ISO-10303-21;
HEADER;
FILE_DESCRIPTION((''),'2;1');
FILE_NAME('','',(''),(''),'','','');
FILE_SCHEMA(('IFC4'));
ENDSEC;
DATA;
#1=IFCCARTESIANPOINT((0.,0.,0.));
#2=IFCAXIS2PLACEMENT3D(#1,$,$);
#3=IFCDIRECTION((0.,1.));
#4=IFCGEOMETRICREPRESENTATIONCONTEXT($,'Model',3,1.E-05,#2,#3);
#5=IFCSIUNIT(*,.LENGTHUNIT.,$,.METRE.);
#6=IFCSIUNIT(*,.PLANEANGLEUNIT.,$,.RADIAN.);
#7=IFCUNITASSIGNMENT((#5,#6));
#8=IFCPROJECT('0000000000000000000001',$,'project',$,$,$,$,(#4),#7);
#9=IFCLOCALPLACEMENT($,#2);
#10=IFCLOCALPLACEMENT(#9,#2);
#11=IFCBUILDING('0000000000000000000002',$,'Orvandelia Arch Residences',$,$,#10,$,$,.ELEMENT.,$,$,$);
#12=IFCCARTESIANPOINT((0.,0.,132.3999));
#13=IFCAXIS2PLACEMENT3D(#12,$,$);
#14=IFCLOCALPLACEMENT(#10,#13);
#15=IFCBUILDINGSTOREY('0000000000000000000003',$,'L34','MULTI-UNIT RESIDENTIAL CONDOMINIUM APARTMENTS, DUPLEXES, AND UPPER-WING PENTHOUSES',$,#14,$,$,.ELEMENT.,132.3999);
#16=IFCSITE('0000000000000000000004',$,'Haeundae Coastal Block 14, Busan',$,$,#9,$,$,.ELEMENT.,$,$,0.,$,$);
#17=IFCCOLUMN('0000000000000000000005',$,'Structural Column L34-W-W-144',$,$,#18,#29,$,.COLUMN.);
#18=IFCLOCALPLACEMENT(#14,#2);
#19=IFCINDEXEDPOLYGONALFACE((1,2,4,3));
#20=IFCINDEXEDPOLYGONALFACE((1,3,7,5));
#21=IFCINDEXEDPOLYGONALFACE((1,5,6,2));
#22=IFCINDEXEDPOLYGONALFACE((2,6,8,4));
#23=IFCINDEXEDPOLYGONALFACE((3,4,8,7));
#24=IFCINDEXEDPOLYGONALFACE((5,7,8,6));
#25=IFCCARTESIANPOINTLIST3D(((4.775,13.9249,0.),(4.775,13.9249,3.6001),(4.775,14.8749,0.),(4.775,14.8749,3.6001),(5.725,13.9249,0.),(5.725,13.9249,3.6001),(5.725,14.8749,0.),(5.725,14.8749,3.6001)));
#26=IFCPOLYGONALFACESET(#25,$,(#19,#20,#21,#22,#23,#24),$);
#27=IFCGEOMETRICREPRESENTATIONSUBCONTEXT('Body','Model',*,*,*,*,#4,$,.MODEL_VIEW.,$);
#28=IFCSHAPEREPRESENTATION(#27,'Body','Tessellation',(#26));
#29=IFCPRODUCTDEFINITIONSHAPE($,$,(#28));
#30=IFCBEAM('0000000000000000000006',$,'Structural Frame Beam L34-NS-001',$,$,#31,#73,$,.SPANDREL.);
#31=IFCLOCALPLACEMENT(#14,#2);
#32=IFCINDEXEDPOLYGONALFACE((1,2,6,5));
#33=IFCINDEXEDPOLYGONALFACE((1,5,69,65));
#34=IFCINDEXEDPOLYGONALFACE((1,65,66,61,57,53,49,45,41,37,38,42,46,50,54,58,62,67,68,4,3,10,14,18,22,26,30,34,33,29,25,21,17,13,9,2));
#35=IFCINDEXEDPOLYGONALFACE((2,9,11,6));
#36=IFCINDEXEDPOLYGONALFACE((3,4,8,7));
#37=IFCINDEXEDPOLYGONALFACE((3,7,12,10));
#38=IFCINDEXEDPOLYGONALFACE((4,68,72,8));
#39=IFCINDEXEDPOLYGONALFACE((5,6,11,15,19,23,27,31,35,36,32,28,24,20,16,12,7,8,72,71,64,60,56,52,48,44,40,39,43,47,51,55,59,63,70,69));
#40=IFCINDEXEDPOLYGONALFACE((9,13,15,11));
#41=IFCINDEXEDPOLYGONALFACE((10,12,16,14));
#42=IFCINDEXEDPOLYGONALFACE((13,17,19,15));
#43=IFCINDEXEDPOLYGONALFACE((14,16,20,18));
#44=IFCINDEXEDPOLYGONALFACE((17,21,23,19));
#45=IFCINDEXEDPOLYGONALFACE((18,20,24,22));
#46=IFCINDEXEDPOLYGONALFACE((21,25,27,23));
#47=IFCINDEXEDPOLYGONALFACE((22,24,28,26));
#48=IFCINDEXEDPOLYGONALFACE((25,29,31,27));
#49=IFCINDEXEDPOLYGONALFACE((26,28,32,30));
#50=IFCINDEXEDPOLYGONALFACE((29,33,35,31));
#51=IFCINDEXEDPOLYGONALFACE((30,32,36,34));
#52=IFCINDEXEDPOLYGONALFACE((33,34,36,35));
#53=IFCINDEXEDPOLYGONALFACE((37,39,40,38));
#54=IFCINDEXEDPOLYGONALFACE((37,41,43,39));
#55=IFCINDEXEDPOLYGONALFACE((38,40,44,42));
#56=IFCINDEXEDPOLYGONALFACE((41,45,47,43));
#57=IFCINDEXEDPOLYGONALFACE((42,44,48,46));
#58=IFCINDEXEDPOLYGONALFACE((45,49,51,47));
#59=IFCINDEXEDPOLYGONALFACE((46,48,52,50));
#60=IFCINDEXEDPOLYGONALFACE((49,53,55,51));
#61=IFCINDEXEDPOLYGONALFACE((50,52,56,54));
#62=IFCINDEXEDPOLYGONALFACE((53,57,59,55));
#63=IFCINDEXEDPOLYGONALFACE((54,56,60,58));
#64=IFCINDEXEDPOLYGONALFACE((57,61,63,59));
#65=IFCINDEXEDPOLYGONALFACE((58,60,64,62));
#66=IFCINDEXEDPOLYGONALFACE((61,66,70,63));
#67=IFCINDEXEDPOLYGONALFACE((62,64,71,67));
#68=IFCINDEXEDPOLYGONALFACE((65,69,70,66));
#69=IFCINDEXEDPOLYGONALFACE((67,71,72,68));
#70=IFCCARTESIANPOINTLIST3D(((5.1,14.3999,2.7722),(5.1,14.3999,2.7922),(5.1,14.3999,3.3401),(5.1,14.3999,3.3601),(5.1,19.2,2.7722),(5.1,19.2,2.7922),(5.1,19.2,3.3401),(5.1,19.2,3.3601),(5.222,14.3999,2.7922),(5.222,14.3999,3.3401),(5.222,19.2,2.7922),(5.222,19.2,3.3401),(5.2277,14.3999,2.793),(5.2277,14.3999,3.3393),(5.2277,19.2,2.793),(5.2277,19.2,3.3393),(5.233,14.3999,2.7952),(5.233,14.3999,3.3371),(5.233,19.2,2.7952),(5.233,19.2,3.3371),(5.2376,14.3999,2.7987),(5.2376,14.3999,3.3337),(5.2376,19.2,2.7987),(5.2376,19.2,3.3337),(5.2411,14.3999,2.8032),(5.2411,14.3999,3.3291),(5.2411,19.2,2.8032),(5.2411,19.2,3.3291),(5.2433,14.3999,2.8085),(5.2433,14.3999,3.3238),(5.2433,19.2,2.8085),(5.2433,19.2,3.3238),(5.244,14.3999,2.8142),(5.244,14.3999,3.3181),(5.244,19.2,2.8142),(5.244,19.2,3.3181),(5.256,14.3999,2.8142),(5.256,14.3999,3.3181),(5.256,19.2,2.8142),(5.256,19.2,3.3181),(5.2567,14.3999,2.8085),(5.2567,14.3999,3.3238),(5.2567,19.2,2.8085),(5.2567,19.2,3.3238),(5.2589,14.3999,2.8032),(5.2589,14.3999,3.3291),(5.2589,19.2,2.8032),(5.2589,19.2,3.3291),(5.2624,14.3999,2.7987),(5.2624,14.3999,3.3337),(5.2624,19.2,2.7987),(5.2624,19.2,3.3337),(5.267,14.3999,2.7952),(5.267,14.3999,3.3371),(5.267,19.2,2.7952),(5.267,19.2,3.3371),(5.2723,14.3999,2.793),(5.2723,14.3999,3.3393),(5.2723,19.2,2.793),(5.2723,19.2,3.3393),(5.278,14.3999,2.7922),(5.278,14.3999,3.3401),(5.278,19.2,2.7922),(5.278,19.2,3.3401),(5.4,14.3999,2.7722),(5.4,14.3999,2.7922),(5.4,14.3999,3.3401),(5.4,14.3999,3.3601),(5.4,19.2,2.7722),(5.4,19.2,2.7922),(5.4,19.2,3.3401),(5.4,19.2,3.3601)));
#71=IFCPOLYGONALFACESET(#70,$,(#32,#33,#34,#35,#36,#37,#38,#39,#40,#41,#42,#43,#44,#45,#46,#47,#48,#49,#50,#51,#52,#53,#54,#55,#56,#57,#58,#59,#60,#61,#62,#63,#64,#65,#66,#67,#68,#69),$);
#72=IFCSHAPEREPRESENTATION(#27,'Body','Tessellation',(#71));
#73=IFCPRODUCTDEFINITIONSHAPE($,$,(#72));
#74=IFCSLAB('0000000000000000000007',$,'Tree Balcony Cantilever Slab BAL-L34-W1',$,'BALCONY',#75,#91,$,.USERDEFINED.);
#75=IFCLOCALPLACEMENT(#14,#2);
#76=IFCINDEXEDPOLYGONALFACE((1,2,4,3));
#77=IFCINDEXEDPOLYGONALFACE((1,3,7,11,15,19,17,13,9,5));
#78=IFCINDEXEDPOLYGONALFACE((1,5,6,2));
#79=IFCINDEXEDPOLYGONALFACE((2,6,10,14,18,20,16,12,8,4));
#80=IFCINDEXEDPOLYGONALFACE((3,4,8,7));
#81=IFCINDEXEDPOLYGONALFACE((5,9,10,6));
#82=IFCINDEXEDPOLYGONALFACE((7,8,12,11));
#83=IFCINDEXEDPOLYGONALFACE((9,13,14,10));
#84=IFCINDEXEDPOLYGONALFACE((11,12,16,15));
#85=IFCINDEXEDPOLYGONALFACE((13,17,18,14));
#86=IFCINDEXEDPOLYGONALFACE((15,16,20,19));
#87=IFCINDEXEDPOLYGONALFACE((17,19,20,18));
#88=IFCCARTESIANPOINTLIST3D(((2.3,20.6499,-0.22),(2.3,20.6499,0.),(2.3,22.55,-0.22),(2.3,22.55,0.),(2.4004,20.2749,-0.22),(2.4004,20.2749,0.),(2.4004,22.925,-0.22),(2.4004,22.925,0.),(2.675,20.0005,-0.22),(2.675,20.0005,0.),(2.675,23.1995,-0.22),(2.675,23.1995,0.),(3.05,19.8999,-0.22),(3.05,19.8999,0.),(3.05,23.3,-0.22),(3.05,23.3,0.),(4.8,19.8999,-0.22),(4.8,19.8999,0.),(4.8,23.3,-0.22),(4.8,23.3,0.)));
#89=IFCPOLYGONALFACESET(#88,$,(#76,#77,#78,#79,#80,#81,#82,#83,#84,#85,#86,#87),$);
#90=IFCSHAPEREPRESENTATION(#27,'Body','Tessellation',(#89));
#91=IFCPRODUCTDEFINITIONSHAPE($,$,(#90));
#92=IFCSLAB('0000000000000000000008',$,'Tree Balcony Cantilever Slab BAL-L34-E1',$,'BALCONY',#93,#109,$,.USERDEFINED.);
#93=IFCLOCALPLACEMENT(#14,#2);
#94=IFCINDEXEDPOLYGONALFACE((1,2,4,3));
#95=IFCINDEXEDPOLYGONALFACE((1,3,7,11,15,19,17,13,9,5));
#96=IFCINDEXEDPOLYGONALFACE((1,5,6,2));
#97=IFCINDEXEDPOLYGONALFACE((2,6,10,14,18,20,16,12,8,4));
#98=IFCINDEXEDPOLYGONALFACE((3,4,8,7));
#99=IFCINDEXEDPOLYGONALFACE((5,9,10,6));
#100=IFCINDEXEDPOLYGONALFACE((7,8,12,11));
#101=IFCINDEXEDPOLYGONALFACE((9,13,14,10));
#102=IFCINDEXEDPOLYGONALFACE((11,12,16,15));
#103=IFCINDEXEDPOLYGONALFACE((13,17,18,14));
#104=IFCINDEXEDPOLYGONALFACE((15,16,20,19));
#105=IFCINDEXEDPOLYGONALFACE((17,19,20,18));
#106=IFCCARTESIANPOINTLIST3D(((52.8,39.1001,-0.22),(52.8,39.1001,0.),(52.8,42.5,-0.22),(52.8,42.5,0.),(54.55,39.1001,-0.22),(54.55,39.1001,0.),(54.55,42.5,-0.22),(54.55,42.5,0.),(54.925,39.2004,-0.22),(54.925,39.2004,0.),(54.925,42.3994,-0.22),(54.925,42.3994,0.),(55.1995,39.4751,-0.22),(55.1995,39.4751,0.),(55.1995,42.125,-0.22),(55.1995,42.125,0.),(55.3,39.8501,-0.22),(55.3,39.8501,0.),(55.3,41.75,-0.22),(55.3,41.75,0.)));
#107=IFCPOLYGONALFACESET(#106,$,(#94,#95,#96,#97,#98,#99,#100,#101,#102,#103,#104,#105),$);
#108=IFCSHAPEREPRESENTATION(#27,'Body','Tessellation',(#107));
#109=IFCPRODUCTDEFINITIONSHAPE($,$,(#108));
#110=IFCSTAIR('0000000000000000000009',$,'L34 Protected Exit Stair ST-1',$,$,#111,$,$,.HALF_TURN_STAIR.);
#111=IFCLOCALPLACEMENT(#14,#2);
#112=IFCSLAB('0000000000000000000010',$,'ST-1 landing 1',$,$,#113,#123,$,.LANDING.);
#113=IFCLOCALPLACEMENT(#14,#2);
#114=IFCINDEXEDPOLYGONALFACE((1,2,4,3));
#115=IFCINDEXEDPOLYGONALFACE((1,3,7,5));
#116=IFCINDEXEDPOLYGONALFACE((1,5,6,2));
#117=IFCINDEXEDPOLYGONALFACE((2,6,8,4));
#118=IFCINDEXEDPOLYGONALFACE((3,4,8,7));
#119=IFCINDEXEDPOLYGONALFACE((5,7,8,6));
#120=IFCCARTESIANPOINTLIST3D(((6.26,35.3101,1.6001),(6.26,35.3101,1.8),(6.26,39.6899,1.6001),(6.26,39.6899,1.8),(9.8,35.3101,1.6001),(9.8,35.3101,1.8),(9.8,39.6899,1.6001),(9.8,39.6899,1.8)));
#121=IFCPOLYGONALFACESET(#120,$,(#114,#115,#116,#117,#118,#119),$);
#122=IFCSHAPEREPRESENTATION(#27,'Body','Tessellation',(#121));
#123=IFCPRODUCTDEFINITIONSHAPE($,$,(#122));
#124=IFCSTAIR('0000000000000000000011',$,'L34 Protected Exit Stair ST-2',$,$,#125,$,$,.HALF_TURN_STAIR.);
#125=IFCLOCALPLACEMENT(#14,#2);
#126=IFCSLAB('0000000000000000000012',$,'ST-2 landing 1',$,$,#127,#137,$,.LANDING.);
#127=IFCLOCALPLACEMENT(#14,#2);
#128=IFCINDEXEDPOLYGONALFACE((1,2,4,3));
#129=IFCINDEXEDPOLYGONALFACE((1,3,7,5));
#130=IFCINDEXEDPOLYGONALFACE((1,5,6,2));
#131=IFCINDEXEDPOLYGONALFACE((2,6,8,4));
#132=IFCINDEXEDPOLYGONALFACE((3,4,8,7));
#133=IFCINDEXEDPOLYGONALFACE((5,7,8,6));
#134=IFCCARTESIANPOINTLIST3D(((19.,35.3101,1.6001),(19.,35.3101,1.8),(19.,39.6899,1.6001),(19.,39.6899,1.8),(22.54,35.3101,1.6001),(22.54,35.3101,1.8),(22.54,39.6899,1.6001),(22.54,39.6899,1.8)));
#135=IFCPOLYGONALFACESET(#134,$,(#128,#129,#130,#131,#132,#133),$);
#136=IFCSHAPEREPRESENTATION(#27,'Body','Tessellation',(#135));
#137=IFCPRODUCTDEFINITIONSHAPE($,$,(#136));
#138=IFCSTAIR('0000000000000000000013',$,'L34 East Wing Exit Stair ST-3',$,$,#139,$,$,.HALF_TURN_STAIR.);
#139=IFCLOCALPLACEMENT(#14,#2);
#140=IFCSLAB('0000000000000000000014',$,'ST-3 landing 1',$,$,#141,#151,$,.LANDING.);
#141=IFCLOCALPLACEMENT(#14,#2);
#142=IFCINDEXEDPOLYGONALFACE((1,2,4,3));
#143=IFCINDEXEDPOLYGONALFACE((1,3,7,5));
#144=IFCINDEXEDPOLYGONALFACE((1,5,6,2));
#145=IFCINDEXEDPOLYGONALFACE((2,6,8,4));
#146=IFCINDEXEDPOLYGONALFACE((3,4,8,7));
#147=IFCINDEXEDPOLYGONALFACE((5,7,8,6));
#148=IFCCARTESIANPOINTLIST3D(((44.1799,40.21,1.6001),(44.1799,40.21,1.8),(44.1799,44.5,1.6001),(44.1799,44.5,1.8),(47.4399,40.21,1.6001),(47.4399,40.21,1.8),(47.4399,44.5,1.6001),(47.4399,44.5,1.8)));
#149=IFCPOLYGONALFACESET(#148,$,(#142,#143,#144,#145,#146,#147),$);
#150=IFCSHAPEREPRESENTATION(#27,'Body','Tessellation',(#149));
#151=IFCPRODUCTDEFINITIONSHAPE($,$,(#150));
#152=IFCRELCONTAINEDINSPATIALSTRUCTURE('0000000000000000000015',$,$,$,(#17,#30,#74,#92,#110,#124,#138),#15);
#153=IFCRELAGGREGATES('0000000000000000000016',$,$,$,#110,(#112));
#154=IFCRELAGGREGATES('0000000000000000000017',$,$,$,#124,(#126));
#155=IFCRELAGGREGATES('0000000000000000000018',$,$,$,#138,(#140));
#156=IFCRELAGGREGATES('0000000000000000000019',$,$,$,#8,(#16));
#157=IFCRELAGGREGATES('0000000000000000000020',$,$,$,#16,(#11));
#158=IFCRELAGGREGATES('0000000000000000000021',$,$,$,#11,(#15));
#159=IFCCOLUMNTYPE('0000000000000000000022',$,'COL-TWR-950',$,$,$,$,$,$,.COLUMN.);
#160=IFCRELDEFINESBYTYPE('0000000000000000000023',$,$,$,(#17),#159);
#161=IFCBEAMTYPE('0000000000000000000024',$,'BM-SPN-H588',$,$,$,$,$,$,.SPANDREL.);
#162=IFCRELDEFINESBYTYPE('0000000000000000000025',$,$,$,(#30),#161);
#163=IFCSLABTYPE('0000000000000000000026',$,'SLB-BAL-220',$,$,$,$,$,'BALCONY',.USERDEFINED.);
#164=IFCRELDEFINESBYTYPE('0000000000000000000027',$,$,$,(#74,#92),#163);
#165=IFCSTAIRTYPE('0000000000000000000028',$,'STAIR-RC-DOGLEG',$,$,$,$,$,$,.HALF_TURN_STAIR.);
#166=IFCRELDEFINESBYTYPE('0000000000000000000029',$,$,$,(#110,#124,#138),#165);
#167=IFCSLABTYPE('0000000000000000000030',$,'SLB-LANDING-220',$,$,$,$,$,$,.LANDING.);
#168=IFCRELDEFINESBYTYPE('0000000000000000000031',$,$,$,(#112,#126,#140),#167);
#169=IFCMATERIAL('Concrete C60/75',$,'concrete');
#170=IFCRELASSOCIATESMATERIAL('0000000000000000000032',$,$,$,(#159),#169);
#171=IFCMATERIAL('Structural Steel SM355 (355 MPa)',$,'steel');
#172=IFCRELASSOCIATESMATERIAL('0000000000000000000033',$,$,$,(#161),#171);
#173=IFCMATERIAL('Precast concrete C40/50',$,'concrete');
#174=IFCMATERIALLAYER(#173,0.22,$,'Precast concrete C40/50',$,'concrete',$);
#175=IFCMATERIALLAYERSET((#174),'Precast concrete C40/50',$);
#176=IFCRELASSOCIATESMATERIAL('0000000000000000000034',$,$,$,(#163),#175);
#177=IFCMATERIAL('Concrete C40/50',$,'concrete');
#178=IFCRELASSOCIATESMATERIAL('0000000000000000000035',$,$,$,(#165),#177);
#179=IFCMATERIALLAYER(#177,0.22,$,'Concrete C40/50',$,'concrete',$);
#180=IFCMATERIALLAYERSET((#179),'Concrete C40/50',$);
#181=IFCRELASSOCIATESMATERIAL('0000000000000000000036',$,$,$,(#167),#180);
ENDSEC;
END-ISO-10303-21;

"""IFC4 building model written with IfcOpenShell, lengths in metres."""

from ifc_helpers import new_model, si_unit, direction, frame, origin, origin_2d, place, context, subcontext, project, spatial, polyline, rectangle, i_section, outline, extrude, material, layer, layer_set, material_profile, profile_set, type_object, element, aggregate, save


model = new_model("IFC4")

# Units and contexts
model_context = context("Model", 3, precision=1e-05, world=origin(), true_north=direction((0.0, 1.0)))
body_context = subcontext(model_context, "Body", "Model", "MODEL_VIEW")
ifc_project = project(units=[si_unit("LENGTHUNIT", "METRE"), si_unit("PLANEANGLEUNIT", "RADIAN")], contexts=[model_context])

# Site, building, storey
site_placement = place(None, origin())
site = spatial("IfcSite", under=ifc_project, at=site_placement, Name="Haeundae Coastal Block 14, Busan", CompositionType="ELEMENT", RefElevation=0.0)
building_placement = place(site_placement, origin())
building = spatial("IfcBuilding", under=site, at=building_placement, Name="Orvandelia Arch Residences", CompositionType="ELEMENT")
storey_placement = place(building_placement, frame((0.0, 0.0, 132.3999)))
storey = spatial("IfcBuildingStorey", under=building, at=storey_placement, Name="L34", Description="MULTI-UNIT RESIDENTIAL CONDOMINIUM APARTMENTS, DUPLEXES, AND UPPER-WING PENTHOUSES", CompositionType="ELEMENT", Elevation=132.3999)

# Column
ifc_material_1 = material(Name="Concrete C60/75", Category="concrete")
ifc_material_profile_1 = material_profile(ifc_material_1, rectangle(XDim=0.95, YDim=0.95, at=origin_2d()), Name="Concrete C60/75", Category="concrete")
ifc_profile_set_1 = profile_set([ifc_material_profile_1], Name="Concrete C60/75")
column_type = type_object("IfcColumnType", Name="COL-TWR-950", PredefinedType="COLUMN", material=ifc_profile_set_1)
column_placement = place(storey_placement, frame((5.25, 14.3999, 0.0), z_axis=(0.0, 0.0, 1.0), x_axis=(1.0, 0.0, 0.0)))
element("IfcColumn", 1, at=column_placement, inside=storey, type_object=column_type, Name="Structural Column L34-W-W-144", PredefinedType="COLUMN", context=body_context, shape_type="SweptSolid", body=[
    extrude(rectangle(XDim=0.95, YDim=0.95, at=origin_2d()), origin(), (0.0, 0.0, 1.0), 3.6001),
])

# Beam
ifc_material_2 = material(Name="Structural Steel SM355 (355 MPa)", Category="steel")
ifc_material_profile_2 = material_profile(ifc_material_2, i_section(OverallWidth=0.3, OverallDepth=0.5879, WebThickness=0.012, FlangeThickness=0.02, FilletRadius=0.022, at=origin_2d()), Name="Structural Steel SM355 (355 MPa)", Category="steel")
ifc_profile_set_2 = profile_set([ifc_material_profile_2], Name="Structural Steel SM355 (355 MPa)")
beam_type = type_object("IfcBeamType", Name="BM-SPN-H588", PredefinedType="SPANDREL", material=ifc_profile_set_2)
beam_placement = place(storey_placement, frame((5.25, 14.3999, 3.0662), z_axis=(0.0, 1.0, 0.0), x_axis=(-1.0, 0.0, 0.0)))
element("IfcBeam", 2, at=beam_placement, inside=storey, type_object=beam_type, Name="Structural Frame Beam L34-NS-001", PredefinedType="SPANDREL", context=body_context, shape_type="SweptSolid", body=[
    extrude(i_section(OverallWidth=0.3, OverallDepth=0.5879, WebThickness=0.012, FlangeThickness=0.02, FilletRadius=0.022, at=origin_2d()), origin(), (0.0, 0.0, 1.0), 4.8),
])

# Slabs
ifc_material_3 = material(Name="Precast concrete C40/50", Category="concrete")
ifc_layer_1 = layer(ifc_material_3, 0.22, Name="Precast concrete C40/50", Category="concrete")
ifc_layer_set_1 = layer_set([ifc_layer_1], Name="Precast concrete C40/50")
slab_type_1 = type_object("IfcSlabType", Name="SLB-BAL-220", ElementType="BALCONY", PredefinedType="USERDEFINED", material=ifc_layer_set_1)
slab_1_placement = place(storey_placement, frame((0.0, 0.0, -0.22)))
element("IfcSlab", 3, at=slab_1_placement, inside=storey, type_object=slab_type_1, Name="Tree Balcony Cantilever Slab BAL-L34-W1", ObjectType="BALCONY", PredefinedType="USERDEFINED", context=body_context, shape_type="SweptSolid", body=[
    extrude(outline(polyline([(4.8, 19.8999), (4.8, 23.3), (3.05, 23.3), (2.675, 23.1995), (2.4004, 22.925), (2.3, 22.55), (2.3, 20.6499), (2.4004, 20.2749), (2.675, 20.0005), (3.05, 19.8999), (4.8, 19.8999)])), origin(), (0.0, 0.0, 1.0), 0.22),
])
slab_2_placement = place(storey_placement, frame((0.0, 0.0, -0.22)))
element("IfcSlab", 4, at=slab_2_placement, inside=storey, type_object=slab_type_1, Name="Tree Balcony Cantilever Slab BAL-L34-E1", ObjectType="BALCONY", PredefinedType="USERDEFINED", context=body_context, shape_type="SweptSolid", body=[
    extrude(outline(polyline([(52.8, 42.5), (52.8, 39.1001), (54.55, 39.1001), (54.925, 39.2004), (55.1995, 39.4751), (55.3, 39.8501), (55.3, 41.75), (55.1995, 42.125), (54.925, 42.3994), (54.55, 42.5), (52.8, 42.5)])), origin(), (0.0, 0.0, 1.0), 0.22),
])

# Stairs, slabs
ifc_material_4 = material(Name="Concrete C40/50", Category="concrete")
stair_type = type_object("IfcStairType", Name="STAIR-RC-DOGLEG", PredefinedType="HALF_TURN_STAIR", material=ifc_material_4)
stair_1_placement = place(storey_placement, origin())
stair_1 = element("IfcStair", 5, at=stair_1_placement, inside=storey, type_object=stair_type, Name="L34 Protected Exit Stair ST-1", PredefinedType="HALF_TURN_STAIR")
ifc_layer_2 = layer(ifc_material_4, 0.22, Name="Concrete C40/50", Category="concrete")
ifc_layer_set_2 = layer_set([ifc_layer_2], Name="Concrete C40/50")
slab_type_2 = type_object("IfcSlabType", Name="SLB-LANDING-220", PredefinedType="LANDING", material=ifc_layer_set_2)
slab_3_placement = place(storey_placement, frame((0.0, 0.0, 1.6001)))
slab_3 = element("IfcSlab", 6, at=slab_3_placement, type_object=slab_type_2, Name="ST-1 landing 1", PredefinedType="LANDING", context=body_context, shape_type="SweptSolid", body=[
    extrude(outline(polyline([(9.8, 35.3101), (9.8, 39.6899), (6.26, 39.6899), (6.26, 35.3101), (9.8, 35.3101)])), origin(), (0.0, 0.0, 1.0), 0.2),
])
aggregate(stair_1, [slab_3])
stair_2_placement = place(storey_placement, origin())
stair_2 = element("IfcStair", 7, at=stair_2_placement, inside=storey, type_object=stair_type, Name="L34 Protected Exit Stair ST-2", PredefinedType="HALF_TURN_STAIR")
slab_4_placement = place(storey_placement, frame((0.0, 0.0, 1.6001)))
slab_4 = element("IfcSlab", 8, at=slab_4_placement, type_object=slab_type_2, Name="ST-2 landing 1", PredefinedType="LANDING", context=body_context, shape_type="SweptSolid", body=[
    extrude(outline(polyline([(22.54, 35.3101), (22.54, 39.6899), (19.0, 39.6899), (19.0, 35.3101), (22.54, 35.3101)])), origin(), (0.0, 0.0, 1.0), 0.2),
])
aggregate(stair_2, [slab_4])
stair_3_placement = place(storey_placement, origin())
stair_3 = element("IfcStair", 9, at=stair_3_placement, inside=storey, type_object=stair_type, Name="L34 East Wing Exit Stair ST-3", PredefinedType="HALF_TURN_STAIR")
slab_5_placement = place(storey_placement, frame((0.0, 0.0, 1.6001)))
slab_5 = element("IfcSlab", 10, at=slab_5_placement, type_object=slab_type_2, Name="ST-3 landing 1", PredefinedType="LANDING", context=body_context, shape_type="SweptSolid", body=[
    extrude(outline(polyline([(47.4399, 40.21), (47.4399, 44.5), (44.1799, 44.5), (44.1799, 40.21), (47.4399, 40.21)])), origin(), (0.0, 0.0, 1.0), 0.2),
])
aggregate(stair_3, [slab_5])

save(model, "model.ifc")
